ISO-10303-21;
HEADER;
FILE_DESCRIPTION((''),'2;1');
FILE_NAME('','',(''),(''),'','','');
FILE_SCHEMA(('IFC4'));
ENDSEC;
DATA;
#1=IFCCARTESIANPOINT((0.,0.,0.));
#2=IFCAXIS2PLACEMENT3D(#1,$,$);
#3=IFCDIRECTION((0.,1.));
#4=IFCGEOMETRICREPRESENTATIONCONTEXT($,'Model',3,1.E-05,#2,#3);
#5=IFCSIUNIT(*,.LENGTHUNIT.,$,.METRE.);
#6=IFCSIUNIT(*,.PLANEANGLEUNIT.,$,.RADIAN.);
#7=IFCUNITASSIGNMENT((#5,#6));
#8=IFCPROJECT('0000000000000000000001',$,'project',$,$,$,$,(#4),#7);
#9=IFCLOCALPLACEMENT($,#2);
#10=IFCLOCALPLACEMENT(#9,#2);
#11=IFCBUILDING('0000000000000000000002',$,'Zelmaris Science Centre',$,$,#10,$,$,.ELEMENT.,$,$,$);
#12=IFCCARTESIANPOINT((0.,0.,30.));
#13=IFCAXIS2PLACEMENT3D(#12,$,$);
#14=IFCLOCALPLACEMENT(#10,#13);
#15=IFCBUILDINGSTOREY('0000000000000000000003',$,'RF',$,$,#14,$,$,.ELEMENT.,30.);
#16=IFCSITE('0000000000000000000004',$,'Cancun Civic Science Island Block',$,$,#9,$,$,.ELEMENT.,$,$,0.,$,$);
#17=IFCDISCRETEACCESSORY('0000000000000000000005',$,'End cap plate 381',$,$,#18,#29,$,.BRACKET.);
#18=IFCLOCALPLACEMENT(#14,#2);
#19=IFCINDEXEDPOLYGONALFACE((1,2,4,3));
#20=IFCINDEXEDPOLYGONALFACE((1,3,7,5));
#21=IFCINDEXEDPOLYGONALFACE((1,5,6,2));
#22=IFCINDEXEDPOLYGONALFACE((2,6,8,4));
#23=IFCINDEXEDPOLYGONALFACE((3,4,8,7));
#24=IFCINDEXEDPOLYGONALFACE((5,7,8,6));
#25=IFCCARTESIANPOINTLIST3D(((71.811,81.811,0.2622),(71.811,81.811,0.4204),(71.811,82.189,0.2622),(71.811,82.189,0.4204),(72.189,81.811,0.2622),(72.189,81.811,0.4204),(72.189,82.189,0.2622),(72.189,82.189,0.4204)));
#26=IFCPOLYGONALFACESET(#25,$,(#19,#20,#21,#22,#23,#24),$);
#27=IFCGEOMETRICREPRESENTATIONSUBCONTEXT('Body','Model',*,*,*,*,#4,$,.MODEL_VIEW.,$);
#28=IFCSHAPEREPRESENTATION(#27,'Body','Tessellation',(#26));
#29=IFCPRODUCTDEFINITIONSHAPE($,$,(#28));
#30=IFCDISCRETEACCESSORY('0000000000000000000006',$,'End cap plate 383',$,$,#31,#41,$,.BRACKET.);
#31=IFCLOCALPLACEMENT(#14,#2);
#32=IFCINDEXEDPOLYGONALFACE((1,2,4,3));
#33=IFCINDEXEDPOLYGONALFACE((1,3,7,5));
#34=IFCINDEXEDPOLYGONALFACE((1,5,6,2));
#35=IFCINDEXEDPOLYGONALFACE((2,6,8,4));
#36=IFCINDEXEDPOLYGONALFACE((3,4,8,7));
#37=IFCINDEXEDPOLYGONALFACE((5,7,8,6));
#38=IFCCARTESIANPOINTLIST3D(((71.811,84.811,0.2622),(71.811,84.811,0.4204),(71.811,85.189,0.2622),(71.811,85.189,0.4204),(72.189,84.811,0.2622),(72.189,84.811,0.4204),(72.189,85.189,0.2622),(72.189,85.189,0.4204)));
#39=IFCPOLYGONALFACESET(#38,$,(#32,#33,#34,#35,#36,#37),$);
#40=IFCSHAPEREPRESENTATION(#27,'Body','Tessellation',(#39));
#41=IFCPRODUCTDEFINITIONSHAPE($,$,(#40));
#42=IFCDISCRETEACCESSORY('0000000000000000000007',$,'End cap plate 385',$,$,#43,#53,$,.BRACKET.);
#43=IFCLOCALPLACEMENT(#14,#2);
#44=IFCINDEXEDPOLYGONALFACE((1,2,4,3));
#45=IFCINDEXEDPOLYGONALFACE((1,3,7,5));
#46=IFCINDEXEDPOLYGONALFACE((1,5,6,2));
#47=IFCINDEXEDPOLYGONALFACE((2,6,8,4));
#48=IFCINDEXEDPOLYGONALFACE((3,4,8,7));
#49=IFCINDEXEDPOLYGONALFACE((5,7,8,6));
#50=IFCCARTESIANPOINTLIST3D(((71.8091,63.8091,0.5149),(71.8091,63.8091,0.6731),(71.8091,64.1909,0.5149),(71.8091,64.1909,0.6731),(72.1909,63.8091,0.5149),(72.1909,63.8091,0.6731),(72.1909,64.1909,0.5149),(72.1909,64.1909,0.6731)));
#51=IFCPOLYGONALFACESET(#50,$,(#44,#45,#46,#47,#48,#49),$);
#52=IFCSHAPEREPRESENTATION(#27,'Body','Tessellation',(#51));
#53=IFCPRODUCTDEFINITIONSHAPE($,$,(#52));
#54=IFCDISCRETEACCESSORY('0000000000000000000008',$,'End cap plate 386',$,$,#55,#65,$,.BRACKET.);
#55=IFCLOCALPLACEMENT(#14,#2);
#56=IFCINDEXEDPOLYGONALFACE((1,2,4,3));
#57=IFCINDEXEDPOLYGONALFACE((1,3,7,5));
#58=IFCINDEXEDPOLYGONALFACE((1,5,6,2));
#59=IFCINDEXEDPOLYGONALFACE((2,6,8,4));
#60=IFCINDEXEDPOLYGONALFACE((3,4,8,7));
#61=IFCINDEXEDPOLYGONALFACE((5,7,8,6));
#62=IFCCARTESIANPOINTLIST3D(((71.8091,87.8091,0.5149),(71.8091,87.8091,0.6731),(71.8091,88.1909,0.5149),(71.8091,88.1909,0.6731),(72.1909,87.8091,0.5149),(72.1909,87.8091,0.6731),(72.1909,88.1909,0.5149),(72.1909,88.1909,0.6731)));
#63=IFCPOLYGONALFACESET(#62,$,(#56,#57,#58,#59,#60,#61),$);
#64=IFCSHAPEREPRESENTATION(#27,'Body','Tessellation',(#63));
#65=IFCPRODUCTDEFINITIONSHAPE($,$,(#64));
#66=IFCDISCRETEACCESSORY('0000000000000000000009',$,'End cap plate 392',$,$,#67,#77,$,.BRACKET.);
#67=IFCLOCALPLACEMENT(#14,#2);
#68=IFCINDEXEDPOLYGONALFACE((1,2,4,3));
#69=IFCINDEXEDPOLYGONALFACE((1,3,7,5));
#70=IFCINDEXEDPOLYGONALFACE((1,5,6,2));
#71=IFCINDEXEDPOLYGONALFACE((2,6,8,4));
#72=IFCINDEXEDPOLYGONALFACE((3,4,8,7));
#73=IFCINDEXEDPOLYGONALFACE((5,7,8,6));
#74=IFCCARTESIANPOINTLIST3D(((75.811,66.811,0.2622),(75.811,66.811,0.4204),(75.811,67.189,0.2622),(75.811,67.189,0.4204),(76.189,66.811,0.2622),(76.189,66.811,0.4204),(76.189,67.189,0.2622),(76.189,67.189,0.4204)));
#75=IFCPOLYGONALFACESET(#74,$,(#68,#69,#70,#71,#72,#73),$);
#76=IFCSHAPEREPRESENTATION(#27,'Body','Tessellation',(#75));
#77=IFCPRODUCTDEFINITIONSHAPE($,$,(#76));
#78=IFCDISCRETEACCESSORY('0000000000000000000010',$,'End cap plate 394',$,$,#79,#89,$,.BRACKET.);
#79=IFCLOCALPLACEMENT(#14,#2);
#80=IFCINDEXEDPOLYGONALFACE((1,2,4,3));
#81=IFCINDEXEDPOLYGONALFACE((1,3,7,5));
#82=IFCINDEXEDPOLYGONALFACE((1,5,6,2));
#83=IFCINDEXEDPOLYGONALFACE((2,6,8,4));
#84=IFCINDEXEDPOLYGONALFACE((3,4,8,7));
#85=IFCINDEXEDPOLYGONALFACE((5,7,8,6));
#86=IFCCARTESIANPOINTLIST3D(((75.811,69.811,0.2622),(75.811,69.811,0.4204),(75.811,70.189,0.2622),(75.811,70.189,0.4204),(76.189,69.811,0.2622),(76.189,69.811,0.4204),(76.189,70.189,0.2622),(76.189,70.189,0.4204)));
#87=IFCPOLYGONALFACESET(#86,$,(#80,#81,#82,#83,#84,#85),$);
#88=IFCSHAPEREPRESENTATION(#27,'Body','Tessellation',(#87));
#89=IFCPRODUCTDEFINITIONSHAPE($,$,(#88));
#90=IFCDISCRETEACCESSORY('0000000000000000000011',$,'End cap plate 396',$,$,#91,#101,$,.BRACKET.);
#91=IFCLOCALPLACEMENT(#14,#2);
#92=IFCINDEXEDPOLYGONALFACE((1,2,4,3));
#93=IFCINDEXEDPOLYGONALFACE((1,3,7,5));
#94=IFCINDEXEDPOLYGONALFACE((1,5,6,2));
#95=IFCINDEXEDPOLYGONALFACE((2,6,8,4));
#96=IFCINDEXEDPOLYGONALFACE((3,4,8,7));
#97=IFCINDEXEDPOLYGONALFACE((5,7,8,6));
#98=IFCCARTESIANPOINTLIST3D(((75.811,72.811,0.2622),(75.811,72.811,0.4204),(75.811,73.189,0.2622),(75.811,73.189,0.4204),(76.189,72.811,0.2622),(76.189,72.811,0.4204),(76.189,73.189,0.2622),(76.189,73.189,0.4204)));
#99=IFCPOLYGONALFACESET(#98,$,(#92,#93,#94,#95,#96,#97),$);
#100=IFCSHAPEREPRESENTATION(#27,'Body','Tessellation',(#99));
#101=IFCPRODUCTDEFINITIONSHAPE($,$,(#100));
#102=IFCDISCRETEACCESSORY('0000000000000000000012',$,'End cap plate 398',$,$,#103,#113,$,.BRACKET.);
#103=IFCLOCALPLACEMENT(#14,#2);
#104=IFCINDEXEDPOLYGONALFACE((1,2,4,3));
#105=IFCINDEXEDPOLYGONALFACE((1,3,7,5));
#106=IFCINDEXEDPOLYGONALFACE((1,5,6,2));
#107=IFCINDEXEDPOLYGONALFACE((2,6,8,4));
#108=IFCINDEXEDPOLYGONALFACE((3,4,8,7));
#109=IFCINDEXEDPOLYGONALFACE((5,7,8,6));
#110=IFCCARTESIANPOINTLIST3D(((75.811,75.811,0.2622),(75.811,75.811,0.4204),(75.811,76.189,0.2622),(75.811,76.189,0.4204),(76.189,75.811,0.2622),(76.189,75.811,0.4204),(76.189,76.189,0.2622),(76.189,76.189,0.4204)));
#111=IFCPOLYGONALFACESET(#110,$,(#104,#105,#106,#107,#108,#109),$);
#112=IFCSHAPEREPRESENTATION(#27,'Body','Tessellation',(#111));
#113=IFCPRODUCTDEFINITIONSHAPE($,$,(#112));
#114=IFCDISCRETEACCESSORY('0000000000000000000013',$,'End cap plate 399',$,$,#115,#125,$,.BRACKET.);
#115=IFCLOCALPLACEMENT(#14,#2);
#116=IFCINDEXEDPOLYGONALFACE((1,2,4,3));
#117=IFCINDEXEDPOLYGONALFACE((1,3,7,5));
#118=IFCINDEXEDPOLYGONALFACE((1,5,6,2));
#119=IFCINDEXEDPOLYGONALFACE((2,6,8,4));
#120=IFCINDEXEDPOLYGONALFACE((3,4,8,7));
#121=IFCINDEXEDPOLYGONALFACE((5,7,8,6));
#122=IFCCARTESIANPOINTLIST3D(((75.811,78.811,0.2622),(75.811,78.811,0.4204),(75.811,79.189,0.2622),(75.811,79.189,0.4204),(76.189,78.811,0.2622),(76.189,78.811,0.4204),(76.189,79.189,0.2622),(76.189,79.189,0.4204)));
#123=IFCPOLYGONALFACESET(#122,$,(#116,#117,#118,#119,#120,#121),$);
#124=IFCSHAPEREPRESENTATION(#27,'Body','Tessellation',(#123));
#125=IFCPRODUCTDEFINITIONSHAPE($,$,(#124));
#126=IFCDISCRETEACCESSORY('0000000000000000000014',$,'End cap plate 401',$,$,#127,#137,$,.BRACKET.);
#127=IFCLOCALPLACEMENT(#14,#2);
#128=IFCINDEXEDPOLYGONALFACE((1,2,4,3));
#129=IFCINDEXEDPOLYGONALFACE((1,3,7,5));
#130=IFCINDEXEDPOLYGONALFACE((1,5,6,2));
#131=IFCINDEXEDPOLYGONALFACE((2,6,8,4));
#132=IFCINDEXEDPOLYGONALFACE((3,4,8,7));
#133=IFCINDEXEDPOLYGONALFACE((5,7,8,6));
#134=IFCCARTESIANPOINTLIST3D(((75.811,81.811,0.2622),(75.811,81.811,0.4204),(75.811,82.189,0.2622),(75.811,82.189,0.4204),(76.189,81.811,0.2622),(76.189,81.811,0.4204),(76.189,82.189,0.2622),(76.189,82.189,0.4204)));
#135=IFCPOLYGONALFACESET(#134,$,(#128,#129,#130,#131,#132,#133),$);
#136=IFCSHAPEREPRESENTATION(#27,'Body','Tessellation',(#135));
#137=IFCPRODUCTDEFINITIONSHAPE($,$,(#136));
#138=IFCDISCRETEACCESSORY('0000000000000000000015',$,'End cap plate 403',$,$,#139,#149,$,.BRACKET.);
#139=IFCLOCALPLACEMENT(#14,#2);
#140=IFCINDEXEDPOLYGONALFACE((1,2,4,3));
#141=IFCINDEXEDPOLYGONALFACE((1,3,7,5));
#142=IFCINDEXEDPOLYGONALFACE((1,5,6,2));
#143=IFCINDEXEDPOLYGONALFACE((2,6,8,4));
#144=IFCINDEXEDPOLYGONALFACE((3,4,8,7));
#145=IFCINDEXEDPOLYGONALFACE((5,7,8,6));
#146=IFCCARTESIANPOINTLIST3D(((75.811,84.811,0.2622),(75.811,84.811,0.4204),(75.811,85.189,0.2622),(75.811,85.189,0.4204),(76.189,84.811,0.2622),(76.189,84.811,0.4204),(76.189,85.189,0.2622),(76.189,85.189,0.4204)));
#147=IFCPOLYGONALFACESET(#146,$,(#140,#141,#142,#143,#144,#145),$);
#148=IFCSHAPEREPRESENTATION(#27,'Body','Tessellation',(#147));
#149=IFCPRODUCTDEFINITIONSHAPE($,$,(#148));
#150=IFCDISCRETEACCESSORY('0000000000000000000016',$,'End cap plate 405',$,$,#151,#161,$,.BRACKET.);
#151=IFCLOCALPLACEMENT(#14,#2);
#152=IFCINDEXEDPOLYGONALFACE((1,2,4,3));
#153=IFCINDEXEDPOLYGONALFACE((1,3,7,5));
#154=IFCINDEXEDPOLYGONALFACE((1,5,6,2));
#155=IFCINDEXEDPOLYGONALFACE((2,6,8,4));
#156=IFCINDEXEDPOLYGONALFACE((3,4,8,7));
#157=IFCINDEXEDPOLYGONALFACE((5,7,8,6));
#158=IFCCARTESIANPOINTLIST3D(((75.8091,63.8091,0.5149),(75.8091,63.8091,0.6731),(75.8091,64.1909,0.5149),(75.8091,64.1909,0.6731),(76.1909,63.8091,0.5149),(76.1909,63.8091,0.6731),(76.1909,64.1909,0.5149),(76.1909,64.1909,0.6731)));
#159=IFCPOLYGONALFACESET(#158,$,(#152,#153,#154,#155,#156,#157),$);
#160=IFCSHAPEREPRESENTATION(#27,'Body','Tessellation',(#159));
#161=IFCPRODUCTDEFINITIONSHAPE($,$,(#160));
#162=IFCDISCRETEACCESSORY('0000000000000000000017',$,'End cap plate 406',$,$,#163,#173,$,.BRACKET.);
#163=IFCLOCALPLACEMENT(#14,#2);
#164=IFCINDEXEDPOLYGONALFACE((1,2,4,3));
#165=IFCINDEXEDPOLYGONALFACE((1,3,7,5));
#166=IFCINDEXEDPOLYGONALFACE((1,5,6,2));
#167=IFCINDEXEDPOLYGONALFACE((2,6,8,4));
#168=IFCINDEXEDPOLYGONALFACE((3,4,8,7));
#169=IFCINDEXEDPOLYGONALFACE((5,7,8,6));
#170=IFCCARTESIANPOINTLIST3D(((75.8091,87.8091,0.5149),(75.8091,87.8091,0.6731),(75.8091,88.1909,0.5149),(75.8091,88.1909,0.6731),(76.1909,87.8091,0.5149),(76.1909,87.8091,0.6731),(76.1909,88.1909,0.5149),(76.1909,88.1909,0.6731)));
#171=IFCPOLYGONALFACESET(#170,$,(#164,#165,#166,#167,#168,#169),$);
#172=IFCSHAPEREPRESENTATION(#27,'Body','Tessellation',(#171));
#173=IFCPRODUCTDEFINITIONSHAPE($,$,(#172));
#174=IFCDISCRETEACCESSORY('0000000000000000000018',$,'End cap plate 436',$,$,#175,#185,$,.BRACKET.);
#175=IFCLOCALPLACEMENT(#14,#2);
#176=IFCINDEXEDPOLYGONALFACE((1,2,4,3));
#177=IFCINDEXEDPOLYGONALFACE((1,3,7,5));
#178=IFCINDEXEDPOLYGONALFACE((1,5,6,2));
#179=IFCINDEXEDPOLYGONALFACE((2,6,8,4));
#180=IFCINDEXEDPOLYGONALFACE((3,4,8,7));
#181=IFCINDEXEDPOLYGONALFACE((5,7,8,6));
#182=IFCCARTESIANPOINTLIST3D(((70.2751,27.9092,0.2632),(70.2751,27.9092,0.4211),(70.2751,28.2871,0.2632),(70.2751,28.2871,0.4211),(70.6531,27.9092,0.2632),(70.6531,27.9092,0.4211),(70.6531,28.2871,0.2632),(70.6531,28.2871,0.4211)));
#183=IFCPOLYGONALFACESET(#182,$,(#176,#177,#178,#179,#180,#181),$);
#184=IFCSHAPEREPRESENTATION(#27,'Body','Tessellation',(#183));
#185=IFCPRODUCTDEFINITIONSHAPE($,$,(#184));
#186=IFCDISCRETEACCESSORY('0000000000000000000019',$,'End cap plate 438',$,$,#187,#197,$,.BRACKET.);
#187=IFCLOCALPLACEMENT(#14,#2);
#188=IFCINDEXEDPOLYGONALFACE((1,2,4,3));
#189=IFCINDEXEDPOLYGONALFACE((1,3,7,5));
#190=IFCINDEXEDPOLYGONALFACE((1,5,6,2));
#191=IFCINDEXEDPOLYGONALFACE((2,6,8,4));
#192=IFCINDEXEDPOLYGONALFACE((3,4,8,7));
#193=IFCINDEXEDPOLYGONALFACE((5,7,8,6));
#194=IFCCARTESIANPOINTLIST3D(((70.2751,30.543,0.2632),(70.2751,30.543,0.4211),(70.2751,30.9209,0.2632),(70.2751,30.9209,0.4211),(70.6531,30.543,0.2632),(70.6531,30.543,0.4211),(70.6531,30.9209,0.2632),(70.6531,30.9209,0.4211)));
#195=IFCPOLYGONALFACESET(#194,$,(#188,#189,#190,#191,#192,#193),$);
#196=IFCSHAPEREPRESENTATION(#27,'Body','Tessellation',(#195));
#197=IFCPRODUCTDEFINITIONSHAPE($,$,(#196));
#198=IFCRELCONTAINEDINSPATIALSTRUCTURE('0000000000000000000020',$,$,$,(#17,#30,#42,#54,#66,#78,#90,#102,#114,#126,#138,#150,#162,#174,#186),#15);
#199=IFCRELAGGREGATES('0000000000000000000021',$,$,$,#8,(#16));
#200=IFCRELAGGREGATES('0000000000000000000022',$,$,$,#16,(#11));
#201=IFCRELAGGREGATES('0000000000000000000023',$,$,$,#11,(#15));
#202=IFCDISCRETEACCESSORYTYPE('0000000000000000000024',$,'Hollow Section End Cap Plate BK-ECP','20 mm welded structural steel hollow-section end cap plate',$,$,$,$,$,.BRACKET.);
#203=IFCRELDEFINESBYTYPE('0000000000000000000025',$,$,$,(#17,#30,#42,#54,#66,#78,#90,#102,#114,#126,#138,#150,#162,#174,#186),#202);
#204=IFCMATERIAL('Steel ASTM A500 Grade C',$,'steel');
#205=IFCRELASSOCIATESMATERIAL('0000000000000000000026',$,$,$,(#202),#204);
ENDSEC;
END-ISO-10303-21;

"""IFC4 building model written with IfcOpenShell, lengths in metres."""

from ifc_helpers import new_model, si_unit, direction, frame, origin, place, context, subcontext, project, spatial, polyline, outline, extrude, material, type_object, element, save


model = new_model("IFC4")

# Units and contexts
model_context = context("Model", 3, precision=1e-05, world=origin(), true_north=direction((0.0, 1.0)))
body_context = subcontext(model_context, "Body", "Model", "MODEL_VIEW")
ifc_project = project(units=[si_unit("LENGTHUNIT", "METRE"), si_unit("PLANEANGLEUNIT", "RADIAN")], contexts=[model_context])

# Site, building, storey
site_placement = place(None, origin())
site = spatial("IfcSite", under=ifc_project, at=site_placement, Name="Cancun Civic Science Island Block", CompositionType="ELEMENT", RefElevation=0.0)
building_placement = place(site_placement, origin())
building = spatial("IfcBuilding", under=site, at=building_placement, Name="Zelmaris Science Centre", CompositionType="ELEMENT")
storey_placement = place(building_placement, frame((0.0, 0.0, 30.0)))
storey = spatial("IfcBuildingStorey", under=building, at=storey_placement, Name="RF", CompositionType="ELEMENT", Elevation=30.0)

# Discrete accessories
ifc_material = material(Name="Steel ASTM A500 Grade C", Category="steel")
discrete_accessory_type = type_object("IfcDiscreteAccessoryType", Name="Hollow Section End Cap Plate BK-ECP", Description="20 mm welded structural steel hollow-section end cap plate", PredefinedType="BRACKET", material=ifc_material)
discrete_accessory_1_placement = place(storey_placement, frame((0.0, 0.0, 0.2622)))
element("IfcDiscreteAccessory", 1, at=discrete_accessory_1_placement, inside=storey, type_object=discrete_accessory_type, Name="End cap plate 381", PredefinedType="BRACKET", context=body_context, shape_type="SweptSolid", body=[
    extrude(outline(polyline([(71.811, 81.811), (72.189, 81.811), (72.189, 82.189), (71.811, 82.189), (71.811, 81.811)])), origin(), (0.0, 0.0, 1.0), 0.1582),
])
discrete_accessory_2_placement = place(storey_placement, frame((0.0, 0.0, 0.2622)))
element("IfcDiscreteAccessory", 2, at=discrete_accessory_2_placement, inside=storey, type_object=discrete_accessory_type, Name="End cap plate 383", PredefinedType="BRACKET", context=body_context, shape_type="SweptSolid", body=[
    extrude(outline(polyline([(71.811, 84.811), (72.189, 84.811), (72.189, 85.189), (71.811, 85.189), (71.811, 84.811)])), origin(), (0.0, 0.0, 1.0), 0.1582),
])
discrete_accessory_3_placement = place(storey_placement, frame((0.0, 0.0, 0.5149)))
element("IfcDiscreteAccessory", 3, at=discrete_accessory_3_placement, inside=storey, type_object=discrete_accessory_type, Name="End cap plate 385", PredefinedType="BRACKET", context=body_context, shape_type="SweptSolid", body=[
    extrude(outline(polyline([(71.8091, 63.8091), (72.1909, 63.8091), (72.1909, 64.1909), (71.8091, 64.1909), (71.8091, 63.8091)])), origin(), (0.0, 0.0, 1.0), 0.1582),
])
discrete_accessory_4_placement = place(storey_placement, frame((0.0, 0.0, 0.5149)))
element("IfcDiscreteAccessory", 4, at=discrete_accessory_4_placement, inside=storey, type_object=discrete_accessory_type, Name="End cap plate 386", PredefinedType="BRACKET", context=body_context, shape_type="SweptSolid", body=[
    extrude(outline(polyline([(71.8091, 87.8091), (72.1909, 87.8091), (72.1909, 88.1909), (71.8091, 88.1909), (71.8091, 87.8091)])), origin(), (0.0, 0.0, 1.0), 0.1582),
])
discrete_accessory_5_placement = place(storey_placement, frame((0.0, 0.0, 0.2622)))
element("IfcDiscreteAccessory", 5, at=discrete_accessory_5_placement, inside=storey, type_object=discrete_accessory_type, Name="End cap plate 392", PredefinedType="BRACKET", context=body_context, shape_type="SweptSolid", body=[
    extrude(outline(polyline([(75.811, 66.811), (76.189, 66.811), (76.189, 67.189), (75.811, 67.189), (75.811, 66.811)])), origin(), (0.0, 0.0, 1.0), 0.1582),
])
discrete_accessory_6_placement = place(storey_placement, frame((0.0, 0.0, 0.2622)))
element("IfcDiscreteAccessory", 6, at=discrete_accessory_6_placement, inside=storey, type_object=discrete_accessory_type, Name="End cap plate 394", PredefinedType="BRACKET", context=body_context, shape_type="SweptSolid", body=[
    extrude(outline(polyline([(75.811, 69.811), (76.189, 69.811), (76.189, 70.189), (75.811, 70.189), (75.811, 69.811)])), origin(), (0.0, 0.0, 1.0), 0.1582),
])
discrete_accessory_7_placement = place(storey_placement, frame((0.0, 0.0, 0.2622)))
element("IfcDiscreteAccessory", 7, at=discrete_accessory_7_placement, inside=storey, type_object=discrete_accessory_type, Name="End cap plate 396", PredefinedType="BRACKET", context=body_context, shape_type="SweptSolid", body=[
    extrude(outline(polyline([(75.811, 72.811), (76.189, 72.811), (76.189, 73.189), (75.811, 73.189), (75.811, 72.811)])), origin(), (0.0, 0.0, 1.0), 0.1582),
])
discrete_accessory_8_placement = place(storey_placement, frame((0.0, 0.0, 0.2622)))
element("IfcDiscreteAccessory", 8, at=discrete_accessory_8_placement, inside=storey, type_object=discrete_accessory_type, Name="End cap plate 398", PredefinedType="BRACKET", context=body_context, shape_type="SweptSolid", body=[
    extrude(outline(polyline([(75.811, 75.811), (76.189, 75.811), (76.189, 76.189), (75.811, 76.189), (75.811, 75.811)])), origin(), (0.0, 0.0, 1.0), 0.1582),
])
discrete_accessory_9_placement = place(storey_placement, frame((0.0, 0.0, 0.2622)))
element("IfcDiscreteAccessory", 9, at=discrete_accessory_9_placement, inside=storey, type_object=discrete_accessory_type, Name="End cap plate 399", PredefinedType="BRACKET", context=body_context, shape_type="SweptSolid", body=[
    extrude(outline(polyline([(75.811, 78.811), (76.189, 78.811), (76.189, 79.189), (75.811, 79.189), (75.811, 78.811)])), origin(), (0.0, 0.0, 1.0), 0.1582),
])
discrete_accessory_10_placement = place(storey_placement, frame((0.0, 0.0, 0.2622)))
element("IfcDiscreteAccessory", 10, at=discrete_accessory_10_placement, inside=storey, type_object=discrete_accessory_type, Name="End cap plate 401", PredefinedType="BRACKET", context=body_context, shape_type="SweptSolid", body=[
    extrude(outline(polyline([(75.811, 81.811), (76.189, 81.811), (76.189, 82.189), (75.811, 82.189), (75.811, 81.811)])), origin(), (0.0, 0.0, 1.0), 0.1582),
])
discrete_accessory_11_placement = place(storey_placement, frame((0.0, 0.0, 0.2622)))
element("IfcDiscreteAccessory", 11, at=discrete_accessory_11_placement, inside=storey, type_object=discrete_accessory_type, Name="End cap plate 403", PredefinedType="BRACKET", context=body_context, shape_type="SweptSolid", body=[
    extrude(outline(polyline([(75.811, 84.811), (76.189, 84.811), (76.189, 85.189), (75.811, 85.189), (75.811, 84.811)])), origin(), (0.0, 0.0, 1.0), 0.1582),
])
discrete_accessory_12_placement = place(storey_placement, frame((0.0, 0.0, 0.5149)))
element("IfcDiscreteAccessory", 12, at=discrete_accessory_12_placement, inside=storey, type_object=discrete_accessory_type, Name="End cap plate 405", PredefinedType="BRACKET", context=body_context, shape_type="SweptSolid", body=[
    extrude(outline(polyline([(75.8091, 63.8091), (76.1909, 63.8091), (76.1909, 64.1909), (75.8091, 64.1909), (75.8091, 63.8091)])), origin(), (0.0, 0.0, 1.0), 0.1582),
])
discrete_accessory_13_placement = place(storey_placement, frame((0.0, 0.0, 0.5149)))
element("IfcDiscreteAccessory", 13, at=discrete_accessory_13_placement, inside=storey, type_object=discrete_accessory_type, Name="End cap plate 406", PredefinedType="BRACKET", context=body_context, shape_type="SweptSolid", body=[
    extrude(outline(polyline([(75.8091, 87.8091), (76.1909, 87.8091), (76.1909, 88.1909), (75.8091, 88.1909), (75.8091, 87.8091)])), origin(), (0.0, 0.0, 1.0), 0.1582),
])
discrete_accessory_14_placement = place(storey_placement, frame((0.0, 0.0, 0.2632)))
element("IfcDiscreteAccessory", 14, at=discrete_accessory_14_placement, inside=storey, type_object=discrete_accessory_type, Name="End cap plate 436", PredefinedType="BRACKET", context=body_context, shape_type="SweptSolid", body=[
    extrude(outline(polyline([(70.2751, 27.9092), (70.6531, 27.9092), (70.6531, 28.2871), (70.2751, 28.2871), (70.2751, 27.9092)])), origin(), (0.0, 0.0, 1.0), 0.158),
])
discrete_accessory_15_placement = place(storey_placement, frame((0.0, 0.0, 0.2632)))
element("IfcDiscreteAccessory", 15, at=discrete_accessory_15_placement, inside=storey, type_object=discrete_accessory_type, Name="End cap plate 438", PredefinedType="BRACKET", context=body_context, shape_type="SweptSolid", body=[
    extrude(outline(polyline([(70.2751, 30.543), (70.6531, 30.543), (70.6531, 30.9209), (70.2751, 30.9209), (70.2751, 30.543)])), origin(), (0.0, 0.0, 1.0), 0.158),
])

save(model, "model.ifc")
